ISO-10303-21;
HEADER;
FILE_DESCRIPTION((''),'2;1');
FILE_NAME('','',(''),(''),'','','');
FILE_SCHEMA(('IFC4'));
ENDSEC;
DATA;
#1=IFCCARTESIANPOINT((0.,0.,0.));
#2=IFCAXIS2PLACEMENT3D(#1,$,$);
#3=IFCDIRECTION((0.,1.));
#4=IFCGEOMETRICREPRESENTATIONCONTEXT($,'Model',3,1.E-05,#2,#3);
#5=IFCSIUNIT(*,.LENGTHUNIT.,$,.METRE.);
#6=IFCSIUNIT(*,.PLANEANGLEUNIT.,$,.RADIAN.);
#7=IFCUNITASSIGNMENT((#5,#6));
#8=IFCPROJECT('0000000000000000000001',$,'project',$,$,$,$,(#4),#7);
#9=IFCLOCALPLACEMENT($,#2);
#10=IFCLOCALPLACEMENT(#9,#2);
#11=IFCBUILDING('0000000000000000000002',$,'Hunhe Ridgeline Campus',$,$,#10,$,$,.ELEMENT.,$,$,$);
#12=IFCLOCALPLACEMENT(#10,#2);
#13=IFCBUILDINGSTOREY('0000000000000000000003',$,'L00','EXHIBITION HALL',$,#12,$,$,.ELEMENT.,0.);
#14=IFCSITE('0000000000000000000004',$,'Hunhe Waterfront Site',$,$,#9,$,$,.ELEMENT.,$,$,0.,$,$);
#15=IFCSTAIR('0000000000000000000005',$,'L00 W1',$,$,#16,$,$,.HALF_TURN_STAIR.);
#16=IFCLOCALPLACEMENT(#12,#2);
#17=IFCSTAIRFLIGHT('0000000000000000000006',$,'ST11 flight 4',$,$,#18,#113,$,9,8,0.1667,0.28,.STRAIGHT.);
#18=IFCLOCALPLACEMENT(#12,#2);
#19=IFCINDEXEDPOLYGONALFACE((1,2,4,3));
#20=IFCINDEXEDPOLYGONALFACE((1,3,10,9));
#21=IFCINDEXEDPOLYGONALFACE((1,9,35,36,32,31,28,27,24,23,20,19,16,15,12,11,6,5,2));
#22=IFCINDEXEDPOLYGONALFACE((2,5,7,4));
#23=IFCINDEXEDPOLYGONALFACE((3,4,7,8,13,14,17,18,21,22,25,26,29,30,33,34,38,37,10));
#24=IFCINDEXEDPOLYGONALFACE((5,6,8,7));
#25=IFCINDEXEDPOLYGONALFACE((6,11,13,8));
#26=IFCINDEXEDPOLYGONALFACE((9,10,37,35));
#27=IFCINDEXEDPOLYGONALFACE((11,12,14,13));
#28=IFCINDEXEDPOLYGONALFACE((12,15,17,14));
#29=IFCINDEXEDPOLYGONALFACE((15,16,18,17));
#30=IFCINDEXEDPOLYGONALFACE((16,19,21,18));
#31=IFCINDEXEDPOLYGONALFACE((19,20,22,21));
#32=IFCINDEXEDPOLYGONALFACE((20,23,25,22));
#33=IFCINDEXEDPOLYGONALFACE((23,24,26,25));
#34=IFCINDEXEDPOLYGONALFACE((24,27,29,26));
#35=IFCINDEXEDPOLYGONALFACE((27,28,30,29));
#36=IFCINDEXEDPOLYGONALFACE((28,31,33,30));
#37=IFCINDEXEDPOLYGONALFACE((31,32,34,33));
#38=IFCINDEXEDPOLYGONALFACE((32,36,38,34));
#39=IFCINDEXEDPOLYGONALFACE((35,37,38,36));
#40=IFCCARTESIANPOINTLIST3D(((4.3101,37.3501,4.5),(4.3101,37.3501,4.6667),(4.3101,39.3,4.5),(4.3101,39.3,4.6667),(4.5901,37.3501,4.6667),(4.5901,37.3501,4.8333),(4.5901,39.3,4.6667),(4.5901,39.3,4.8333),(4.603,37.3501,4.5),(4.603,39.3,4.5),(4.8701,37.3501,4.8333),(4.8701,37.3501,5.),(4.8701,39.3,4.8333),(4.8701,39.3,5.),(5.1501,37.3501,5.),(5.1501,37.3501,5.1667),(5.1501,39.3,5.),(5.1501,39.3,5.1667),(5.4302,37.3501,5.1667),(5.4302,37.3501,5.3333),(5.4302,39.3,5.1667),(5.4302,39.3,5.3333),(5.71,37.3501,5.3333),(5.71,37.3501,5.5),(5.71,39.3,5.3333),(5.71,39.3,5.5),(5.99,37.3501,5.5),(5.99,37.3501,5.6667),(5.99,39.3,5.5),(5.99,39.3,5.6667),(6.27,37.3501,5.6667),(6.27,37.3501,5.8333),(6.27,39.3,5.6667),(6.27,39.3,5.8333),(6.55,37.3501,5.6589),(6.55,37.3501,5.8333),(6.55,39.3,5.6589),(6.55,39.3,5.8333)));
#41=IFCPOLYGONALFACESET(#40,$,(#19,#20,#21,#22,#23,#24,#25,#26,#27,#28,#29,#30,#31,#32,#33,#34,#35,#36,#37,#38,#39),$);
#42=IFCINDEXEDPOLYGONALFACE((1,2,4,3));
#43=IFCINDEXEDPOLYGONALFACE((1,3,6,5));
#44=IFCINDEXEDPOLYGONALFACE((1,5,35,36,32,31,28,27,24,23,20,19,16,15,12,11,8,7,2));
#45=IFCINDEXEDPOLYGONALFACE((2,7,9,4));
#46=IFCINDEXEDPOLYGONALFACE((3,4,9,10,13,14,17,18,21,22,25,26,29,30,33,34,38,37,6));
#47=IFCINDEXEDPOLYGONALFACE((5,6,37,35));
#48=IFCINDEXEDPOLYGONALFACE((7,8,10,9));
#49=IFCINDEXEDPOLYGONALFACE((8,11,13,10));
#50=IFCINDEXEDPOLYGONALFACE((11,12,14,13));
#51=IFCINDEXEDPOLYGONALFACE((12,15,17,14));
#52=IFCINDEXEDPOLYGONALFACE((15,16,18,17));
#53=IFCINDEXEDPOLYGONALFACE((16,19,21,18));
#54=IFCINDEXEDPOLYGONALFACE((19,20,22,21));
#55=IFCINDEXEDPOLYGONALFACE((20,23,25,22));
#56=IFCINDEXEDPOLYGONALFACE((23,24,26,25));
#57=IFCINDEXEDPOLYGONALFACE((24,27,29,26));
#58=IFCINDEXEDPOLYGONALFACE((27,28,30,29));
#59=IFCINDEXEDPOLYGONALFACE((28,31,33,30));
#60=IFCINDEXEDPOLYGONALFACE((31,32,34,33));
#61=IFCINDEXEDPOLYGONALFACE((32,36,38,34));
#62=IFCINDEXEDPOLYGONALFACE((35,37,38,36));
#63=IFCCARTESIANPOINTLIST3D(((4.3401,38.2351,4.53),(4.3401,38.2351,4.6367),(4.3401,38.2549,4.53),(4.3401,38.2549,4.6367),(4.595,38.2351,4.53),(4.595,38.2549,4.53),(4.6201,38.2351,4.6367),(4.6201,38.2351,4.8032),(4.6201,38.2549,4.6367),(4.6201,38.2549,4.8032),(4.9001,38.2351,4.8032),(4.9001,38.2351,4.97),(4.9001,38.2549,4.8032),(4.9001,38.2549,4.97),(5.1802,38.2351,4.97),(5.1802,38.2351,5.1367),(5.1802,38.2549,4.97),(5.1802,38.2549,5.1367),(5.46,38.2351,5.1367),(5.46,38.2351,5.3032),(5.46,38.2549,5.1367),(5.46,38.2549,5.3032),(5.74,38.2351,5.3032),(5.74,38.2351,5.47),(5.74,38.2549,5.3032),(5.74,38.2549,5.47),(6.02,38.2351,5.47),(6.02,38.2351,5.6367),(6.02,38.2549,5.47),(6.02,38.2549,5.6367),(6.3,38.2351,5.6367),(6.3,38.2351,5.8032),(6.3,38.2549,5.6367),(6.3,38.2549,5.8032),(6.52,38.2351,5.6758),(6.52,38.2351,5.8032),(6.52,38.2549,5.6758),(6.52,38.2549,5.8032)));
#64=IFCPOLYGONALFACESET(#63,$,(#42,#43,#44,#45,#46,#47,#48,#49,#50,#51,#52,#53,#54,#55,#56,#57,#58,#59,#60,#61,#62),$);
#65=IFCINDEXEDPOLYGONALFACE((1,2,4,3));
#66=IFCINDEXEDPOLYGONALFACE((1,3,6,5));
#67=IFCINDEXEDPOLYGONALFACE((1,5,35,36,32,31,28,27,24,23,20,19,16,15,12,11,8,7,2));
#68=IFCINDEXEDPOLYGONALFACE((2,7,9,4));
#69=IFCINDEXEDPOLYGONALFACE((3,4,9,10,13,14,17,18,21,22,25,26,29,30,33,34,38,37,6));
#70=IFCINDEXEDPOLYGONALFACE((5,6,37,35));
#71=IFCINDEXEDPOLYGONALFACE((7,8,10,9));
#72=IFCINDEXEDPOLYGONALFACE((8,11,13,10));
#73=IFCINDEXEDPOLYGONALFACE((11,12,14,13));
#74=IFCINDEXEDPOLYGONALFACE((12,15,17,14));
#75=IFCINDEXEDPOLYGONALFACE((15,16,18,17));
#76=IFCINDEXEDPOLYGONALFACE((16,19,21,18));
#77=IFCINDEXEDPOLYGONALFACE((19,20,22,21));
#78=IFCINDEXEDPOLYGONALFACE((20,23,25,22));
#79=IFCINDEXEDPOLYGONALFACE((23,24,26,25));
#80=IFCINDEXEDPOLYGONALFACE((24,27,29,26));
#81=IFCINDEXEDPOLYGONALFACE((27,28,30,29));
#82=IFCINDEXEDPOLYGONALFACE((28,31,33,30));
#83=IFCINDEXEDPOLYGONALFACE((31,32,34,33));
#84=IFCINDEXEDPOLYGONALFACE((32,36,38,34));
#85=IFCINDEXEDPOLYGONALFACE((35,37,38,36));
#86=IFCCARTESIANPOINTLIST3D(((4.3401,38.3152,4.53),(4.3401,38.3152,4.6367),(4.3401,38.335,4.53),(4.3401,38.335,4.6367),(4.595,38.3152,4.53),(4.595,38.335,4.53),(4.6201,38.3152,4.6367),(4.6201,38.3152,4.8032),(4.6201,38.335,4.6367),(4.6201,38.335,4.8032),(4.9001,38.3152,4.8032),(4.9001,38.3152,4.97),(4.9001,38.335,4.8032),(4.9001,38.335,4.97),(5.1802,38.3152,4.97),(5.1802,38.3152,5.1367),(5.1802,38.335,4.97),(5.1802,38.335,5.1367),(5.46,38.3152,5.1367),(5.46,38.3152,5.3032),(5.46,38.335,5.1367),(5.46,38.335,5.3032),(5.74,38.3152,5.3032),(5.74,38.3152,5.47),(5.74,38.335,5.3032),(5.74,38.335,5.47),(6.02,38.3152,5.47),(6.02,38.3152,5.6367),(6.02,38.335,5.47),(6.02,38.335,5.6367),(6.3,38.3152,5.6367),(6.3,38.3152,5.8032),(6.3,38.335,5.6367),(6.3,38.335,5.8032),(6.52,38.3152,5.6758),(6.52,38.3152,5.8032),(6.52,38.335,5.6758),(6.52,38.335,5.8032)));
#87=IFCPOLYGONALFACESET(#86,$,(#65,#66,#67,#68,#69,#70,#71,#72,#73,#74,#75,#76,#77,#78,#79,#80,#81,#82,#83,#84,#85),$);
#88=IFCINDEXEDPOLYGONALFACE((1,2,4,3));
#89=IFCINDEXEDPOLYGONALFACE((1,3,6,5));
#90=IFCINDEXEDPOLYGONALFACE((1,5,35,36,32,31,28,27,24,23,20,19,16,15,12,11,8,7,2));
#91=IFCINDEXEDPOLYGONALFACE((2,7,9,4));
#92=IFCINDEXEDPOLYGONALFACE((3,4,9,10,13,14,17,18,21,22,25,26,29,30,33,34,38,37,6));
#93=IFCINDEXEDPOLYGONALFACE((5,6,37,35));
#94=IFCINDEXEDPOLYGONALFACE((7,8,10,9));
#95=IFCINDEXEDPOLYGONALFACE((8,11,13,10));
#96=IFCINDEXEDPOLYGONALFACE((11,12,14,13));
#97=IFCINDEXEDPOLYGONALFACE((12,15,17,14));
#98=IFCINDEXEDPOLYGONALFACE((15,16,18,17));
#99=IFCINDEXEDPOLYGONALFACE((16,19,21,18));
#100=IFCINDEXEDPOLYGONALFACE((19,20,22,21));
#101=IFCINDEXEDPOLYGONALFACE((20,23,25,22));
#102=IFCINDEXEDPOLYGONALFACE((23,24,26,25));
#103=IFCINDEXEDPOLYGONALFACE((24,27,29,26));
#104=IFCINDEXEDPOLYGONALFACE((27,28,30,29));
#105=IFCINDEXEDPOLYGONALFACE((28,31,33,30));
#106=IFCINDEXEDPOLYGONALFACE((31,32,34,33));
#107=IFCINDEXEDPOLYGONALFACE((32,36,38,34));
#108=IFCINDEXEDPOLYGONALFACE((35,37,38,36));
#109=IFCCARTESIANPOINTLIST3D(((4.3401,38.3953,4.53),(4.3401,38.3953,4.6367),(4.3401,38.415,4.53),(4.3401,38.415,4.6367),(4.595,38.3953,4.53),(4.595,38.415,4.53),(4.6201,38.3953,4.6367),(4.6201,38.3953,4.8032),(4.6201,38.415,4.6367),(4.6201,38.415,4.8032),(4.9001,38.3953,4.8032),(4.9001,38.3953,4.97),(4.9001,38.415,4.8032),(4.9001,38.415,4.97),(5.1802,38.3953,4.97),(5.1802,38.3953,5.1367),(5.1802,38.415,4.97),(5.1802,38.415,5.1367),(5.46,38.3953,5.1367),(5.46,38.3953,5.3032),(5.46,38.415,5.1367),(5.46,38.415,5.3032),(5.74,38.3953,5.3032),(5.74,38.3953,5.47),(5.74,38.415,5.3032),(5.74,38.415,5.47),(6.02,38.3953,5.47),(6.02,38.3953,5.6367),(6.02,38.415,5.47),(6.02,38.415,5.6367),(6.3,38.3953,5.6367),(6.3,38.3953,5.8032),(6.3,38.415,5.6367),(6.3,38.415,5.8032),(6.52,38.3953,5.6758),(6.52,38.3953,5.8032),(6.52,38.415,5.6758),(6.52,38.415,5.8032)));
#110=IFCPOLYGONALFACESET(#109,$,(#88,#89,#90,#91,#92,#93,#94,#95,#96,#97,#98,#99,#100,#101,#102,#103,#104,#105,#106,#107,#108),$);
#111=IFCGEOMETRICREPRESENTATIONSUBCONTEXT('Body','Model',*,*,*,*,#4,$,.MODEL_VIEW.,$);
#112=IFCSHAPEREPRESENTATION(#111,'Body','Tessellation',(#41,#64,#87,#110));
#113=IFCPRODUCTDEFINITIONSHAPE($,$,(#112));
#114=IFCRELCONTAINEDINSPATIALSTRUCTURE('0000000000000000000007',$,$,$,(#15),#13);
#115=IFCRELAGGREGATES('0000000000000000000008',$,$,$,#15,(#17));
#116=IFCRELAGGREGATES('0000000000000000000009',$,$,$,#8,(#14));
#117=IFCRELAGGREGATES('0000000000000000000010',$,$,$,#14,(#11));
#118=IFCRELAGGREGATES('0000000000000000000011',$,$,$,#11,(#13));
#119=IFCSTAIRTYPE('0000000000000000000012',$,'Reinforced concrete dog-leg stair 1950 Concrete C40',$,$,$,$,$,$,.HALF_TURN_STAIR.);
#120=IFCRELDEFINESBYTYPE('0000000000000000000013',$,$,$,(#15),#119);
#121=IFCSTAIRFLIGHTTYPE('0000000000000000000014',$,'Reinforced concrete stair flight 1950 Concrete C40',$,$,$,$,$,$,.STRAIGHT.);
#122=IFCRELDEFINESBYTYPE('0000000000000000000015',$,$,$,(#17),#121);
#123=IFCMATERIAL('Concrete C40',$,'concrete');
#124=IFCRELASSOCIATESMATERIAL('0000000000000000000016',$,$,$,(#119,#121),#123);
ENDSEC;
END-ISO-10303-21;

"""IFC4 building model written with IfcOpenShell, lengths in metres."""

from ifc_helpers import new_model, si_unit, direction, frame, origin, place, context, subcontext, project, spatial, polyline, outline, extrude, material, type_object, element, aggregate, save


model = new_model("IFC4")

# Units and contexts
model_context = context("Model", 3, precision=1e-05, world=origin(), true_north=direction((0.0, 1.0)))
body_context = subcontext(model_context, "Body", "Model", "MODEL_VIEW")
ifc_project = project(units=[si_unit("LENGTHUNIT", "METRE"), si_unit("PLANEANGLEUNIT", "RADIAN")], contexts=[model_context])

# Site, building, storey
site_placement = place(None, origin())
site = spatial("IfcSite", under=ifc_project, at=site_placement, Name="Hunhe Waterfront Site", CompositionType="ELEMENT", RefElevation=0.0)
building_placement = place(site_placement, origin())
building = spatial("IfcBuilding", under=site, at=building_placement, Name="Hunhe Ridgeline Campus", CompositionType="ELEMENT")
storey_placement = place(building_placement, origin())
storey = spatial("IfcBuildingStorey", under=building, at=storey_placement, Name="L00", Description="EXHIBITION HALL", CompositionType="ELEMENT", Elevation=0.0)

# Shared definitions
ifc_material_1 = material(Name="Concrete C40", Category="concrete")

# Stair, stair flight
stair_type = type_object("IfcStairType", Name="Reinforced concrete dog-leg stair 1950 Concrete C40", PredefinedType="HALF_TURN_STAIR", material=ifc_material_1)
stair_flight_type = type_object("IfcStairFlightType", Name="Reinforced concrete stair flight 1950 Concrete C40", PredefinedType="STRAIGHT", material=ifc_material_1)
stair_1_placement = place(storey_placement, origin())
stair_1 = element("IfcStair", 1, at=stair_1_placement, inside=storey, type_object=stair_type, Name="L00 W1", PredefinedType="HALF_TURN_STAIR")
stair_flight_1_placement = place(storey_placement, frame((4.3101, 38.325, 4.5), z_axis=(0.0, 0.0, 1.0), x_axis=(1.0, 0.0, 0.0)))
stair_flight_1 = element("IfcStairFlight", 2, at=stair_flight_1_placement, type_object=stair_flight_type, Name="ST11 flight 4", NumberOfRisers=9, NumberOfTreads=8, PredefinedType="STRAIGHT", RiserHeight=0.1667, TreadLength=0.28, context=body_context, shape_type="SweptSolid", body=[
    extrude(outline(polyline([(0.0, 0.0), (0.0, 0.1667), (0.28, 0.1667), (0.28, 0.3333), (0.5601, 0.3333), (0.5601, 0.5), (0.8401, 0.5), (0.8401, 0.6667), (1.1201, 0.6667), (1.1201, 0.8333), (1.3999, 0.8333), (1.3999, 1.0), (1.6799, 1.0), (1.6799, 1.1667), (1.96, 1.1667), (1.96, 1.3333), (2.24, 1.3333), (2.24, 1.5), (2.24, 1.1589), (0.293, 0.0), (0.0, 0.0)])), frame((0.0, 0.9751, 0.0), z_axis=(0.0, -1.0, 0.0), x_axis=(1.0, 0.0, 0.0)), (0.0, 0.0, 1.0), 1.95),
    extrude(outline(polyline([(0.03, 0.03), (0.03, 0.1367), (0.3101, 0.1367), (0.3101, 0.3032), (0.5901, 0.3032), (0.5901, 0.47), (0.8701, 0.47), (0.8701, 0.6367), (1.1499, 0.6367), (1.1499, 0.8032), (1.4299, 0.8032), (1.4299, 0.97), (1.71, 0.97), (1.71, 1.1367), (1.99, 1.1367), (1.99, 1.3032), (2.21, 1.3032), (2.21, 1.1758), (0.2849, 0.03), (0.03, 0.03)])), frame((0.0, -0.0701, 0.0), z_axis=(0.0, -1.0, 0.0), x_axis=(1.0, 0.0, 0.0)), (0.0, 0.0, 1.0), 0.0198),
    extrude(outline(polyline([(0.03, 0.03), (0.03, 0.1367), (0.3101, 0.1367), (0.3101, 0.3032), (0.5901, 0.3032), (0.5901, 0.47), (0.8701, 0.47), (0.8701, 0.6367), (1.1499, 0.6367), (1.1499, 0.8032), (1.4299, 0.8032), (1.4299, 0.97), (1.71, 0.97), (1.71, 1.1367), (1.99, 1.1367), (1.99, 1.3032), (2.21, 1.3032), (2.21, 1.1758), (0.2849, 0.03), (0.03, 0.03)])), frame((0.0, 0.01, 0.0), z_axis=(0.0, -1.0, 0.0), x_axis=(1.0, 0.0, 0.0)), (0.0, 0.0, 1.0), 0.0198),
    extrude(outline(polyline([(0.03, 0.03), (0.03, 0.1367), (0.3101, 0.1367), (0.3101, 0.3032), (0.5901, 0.3032), (0.5901, 0.47), (0.8701, 0.47), (0.8701, 0.6367), (1.1499, 0.6367), (1.1499, 0.8032), (1.4299, 0.8032), (1.4299, 0.97), (1.71, 0.97), (1.71, 1.1367), (1.99, 1.1367), (1.99, 1.3032), (2.21, 1.3032), (2.21, 1.1758), (0.2849, 0.03), (0.03, 0.03)])), frame((0.0, 0.0901, 0.0), z_axis=(0.0, -1.0, 0.0), x_axis=(1.0, 0.0, 0.0)), (0.0, 0.0, 1.0), 0.0198),
])
aggregate(stair_1, [stair_flight_1])

save(model, "model.ifc")
